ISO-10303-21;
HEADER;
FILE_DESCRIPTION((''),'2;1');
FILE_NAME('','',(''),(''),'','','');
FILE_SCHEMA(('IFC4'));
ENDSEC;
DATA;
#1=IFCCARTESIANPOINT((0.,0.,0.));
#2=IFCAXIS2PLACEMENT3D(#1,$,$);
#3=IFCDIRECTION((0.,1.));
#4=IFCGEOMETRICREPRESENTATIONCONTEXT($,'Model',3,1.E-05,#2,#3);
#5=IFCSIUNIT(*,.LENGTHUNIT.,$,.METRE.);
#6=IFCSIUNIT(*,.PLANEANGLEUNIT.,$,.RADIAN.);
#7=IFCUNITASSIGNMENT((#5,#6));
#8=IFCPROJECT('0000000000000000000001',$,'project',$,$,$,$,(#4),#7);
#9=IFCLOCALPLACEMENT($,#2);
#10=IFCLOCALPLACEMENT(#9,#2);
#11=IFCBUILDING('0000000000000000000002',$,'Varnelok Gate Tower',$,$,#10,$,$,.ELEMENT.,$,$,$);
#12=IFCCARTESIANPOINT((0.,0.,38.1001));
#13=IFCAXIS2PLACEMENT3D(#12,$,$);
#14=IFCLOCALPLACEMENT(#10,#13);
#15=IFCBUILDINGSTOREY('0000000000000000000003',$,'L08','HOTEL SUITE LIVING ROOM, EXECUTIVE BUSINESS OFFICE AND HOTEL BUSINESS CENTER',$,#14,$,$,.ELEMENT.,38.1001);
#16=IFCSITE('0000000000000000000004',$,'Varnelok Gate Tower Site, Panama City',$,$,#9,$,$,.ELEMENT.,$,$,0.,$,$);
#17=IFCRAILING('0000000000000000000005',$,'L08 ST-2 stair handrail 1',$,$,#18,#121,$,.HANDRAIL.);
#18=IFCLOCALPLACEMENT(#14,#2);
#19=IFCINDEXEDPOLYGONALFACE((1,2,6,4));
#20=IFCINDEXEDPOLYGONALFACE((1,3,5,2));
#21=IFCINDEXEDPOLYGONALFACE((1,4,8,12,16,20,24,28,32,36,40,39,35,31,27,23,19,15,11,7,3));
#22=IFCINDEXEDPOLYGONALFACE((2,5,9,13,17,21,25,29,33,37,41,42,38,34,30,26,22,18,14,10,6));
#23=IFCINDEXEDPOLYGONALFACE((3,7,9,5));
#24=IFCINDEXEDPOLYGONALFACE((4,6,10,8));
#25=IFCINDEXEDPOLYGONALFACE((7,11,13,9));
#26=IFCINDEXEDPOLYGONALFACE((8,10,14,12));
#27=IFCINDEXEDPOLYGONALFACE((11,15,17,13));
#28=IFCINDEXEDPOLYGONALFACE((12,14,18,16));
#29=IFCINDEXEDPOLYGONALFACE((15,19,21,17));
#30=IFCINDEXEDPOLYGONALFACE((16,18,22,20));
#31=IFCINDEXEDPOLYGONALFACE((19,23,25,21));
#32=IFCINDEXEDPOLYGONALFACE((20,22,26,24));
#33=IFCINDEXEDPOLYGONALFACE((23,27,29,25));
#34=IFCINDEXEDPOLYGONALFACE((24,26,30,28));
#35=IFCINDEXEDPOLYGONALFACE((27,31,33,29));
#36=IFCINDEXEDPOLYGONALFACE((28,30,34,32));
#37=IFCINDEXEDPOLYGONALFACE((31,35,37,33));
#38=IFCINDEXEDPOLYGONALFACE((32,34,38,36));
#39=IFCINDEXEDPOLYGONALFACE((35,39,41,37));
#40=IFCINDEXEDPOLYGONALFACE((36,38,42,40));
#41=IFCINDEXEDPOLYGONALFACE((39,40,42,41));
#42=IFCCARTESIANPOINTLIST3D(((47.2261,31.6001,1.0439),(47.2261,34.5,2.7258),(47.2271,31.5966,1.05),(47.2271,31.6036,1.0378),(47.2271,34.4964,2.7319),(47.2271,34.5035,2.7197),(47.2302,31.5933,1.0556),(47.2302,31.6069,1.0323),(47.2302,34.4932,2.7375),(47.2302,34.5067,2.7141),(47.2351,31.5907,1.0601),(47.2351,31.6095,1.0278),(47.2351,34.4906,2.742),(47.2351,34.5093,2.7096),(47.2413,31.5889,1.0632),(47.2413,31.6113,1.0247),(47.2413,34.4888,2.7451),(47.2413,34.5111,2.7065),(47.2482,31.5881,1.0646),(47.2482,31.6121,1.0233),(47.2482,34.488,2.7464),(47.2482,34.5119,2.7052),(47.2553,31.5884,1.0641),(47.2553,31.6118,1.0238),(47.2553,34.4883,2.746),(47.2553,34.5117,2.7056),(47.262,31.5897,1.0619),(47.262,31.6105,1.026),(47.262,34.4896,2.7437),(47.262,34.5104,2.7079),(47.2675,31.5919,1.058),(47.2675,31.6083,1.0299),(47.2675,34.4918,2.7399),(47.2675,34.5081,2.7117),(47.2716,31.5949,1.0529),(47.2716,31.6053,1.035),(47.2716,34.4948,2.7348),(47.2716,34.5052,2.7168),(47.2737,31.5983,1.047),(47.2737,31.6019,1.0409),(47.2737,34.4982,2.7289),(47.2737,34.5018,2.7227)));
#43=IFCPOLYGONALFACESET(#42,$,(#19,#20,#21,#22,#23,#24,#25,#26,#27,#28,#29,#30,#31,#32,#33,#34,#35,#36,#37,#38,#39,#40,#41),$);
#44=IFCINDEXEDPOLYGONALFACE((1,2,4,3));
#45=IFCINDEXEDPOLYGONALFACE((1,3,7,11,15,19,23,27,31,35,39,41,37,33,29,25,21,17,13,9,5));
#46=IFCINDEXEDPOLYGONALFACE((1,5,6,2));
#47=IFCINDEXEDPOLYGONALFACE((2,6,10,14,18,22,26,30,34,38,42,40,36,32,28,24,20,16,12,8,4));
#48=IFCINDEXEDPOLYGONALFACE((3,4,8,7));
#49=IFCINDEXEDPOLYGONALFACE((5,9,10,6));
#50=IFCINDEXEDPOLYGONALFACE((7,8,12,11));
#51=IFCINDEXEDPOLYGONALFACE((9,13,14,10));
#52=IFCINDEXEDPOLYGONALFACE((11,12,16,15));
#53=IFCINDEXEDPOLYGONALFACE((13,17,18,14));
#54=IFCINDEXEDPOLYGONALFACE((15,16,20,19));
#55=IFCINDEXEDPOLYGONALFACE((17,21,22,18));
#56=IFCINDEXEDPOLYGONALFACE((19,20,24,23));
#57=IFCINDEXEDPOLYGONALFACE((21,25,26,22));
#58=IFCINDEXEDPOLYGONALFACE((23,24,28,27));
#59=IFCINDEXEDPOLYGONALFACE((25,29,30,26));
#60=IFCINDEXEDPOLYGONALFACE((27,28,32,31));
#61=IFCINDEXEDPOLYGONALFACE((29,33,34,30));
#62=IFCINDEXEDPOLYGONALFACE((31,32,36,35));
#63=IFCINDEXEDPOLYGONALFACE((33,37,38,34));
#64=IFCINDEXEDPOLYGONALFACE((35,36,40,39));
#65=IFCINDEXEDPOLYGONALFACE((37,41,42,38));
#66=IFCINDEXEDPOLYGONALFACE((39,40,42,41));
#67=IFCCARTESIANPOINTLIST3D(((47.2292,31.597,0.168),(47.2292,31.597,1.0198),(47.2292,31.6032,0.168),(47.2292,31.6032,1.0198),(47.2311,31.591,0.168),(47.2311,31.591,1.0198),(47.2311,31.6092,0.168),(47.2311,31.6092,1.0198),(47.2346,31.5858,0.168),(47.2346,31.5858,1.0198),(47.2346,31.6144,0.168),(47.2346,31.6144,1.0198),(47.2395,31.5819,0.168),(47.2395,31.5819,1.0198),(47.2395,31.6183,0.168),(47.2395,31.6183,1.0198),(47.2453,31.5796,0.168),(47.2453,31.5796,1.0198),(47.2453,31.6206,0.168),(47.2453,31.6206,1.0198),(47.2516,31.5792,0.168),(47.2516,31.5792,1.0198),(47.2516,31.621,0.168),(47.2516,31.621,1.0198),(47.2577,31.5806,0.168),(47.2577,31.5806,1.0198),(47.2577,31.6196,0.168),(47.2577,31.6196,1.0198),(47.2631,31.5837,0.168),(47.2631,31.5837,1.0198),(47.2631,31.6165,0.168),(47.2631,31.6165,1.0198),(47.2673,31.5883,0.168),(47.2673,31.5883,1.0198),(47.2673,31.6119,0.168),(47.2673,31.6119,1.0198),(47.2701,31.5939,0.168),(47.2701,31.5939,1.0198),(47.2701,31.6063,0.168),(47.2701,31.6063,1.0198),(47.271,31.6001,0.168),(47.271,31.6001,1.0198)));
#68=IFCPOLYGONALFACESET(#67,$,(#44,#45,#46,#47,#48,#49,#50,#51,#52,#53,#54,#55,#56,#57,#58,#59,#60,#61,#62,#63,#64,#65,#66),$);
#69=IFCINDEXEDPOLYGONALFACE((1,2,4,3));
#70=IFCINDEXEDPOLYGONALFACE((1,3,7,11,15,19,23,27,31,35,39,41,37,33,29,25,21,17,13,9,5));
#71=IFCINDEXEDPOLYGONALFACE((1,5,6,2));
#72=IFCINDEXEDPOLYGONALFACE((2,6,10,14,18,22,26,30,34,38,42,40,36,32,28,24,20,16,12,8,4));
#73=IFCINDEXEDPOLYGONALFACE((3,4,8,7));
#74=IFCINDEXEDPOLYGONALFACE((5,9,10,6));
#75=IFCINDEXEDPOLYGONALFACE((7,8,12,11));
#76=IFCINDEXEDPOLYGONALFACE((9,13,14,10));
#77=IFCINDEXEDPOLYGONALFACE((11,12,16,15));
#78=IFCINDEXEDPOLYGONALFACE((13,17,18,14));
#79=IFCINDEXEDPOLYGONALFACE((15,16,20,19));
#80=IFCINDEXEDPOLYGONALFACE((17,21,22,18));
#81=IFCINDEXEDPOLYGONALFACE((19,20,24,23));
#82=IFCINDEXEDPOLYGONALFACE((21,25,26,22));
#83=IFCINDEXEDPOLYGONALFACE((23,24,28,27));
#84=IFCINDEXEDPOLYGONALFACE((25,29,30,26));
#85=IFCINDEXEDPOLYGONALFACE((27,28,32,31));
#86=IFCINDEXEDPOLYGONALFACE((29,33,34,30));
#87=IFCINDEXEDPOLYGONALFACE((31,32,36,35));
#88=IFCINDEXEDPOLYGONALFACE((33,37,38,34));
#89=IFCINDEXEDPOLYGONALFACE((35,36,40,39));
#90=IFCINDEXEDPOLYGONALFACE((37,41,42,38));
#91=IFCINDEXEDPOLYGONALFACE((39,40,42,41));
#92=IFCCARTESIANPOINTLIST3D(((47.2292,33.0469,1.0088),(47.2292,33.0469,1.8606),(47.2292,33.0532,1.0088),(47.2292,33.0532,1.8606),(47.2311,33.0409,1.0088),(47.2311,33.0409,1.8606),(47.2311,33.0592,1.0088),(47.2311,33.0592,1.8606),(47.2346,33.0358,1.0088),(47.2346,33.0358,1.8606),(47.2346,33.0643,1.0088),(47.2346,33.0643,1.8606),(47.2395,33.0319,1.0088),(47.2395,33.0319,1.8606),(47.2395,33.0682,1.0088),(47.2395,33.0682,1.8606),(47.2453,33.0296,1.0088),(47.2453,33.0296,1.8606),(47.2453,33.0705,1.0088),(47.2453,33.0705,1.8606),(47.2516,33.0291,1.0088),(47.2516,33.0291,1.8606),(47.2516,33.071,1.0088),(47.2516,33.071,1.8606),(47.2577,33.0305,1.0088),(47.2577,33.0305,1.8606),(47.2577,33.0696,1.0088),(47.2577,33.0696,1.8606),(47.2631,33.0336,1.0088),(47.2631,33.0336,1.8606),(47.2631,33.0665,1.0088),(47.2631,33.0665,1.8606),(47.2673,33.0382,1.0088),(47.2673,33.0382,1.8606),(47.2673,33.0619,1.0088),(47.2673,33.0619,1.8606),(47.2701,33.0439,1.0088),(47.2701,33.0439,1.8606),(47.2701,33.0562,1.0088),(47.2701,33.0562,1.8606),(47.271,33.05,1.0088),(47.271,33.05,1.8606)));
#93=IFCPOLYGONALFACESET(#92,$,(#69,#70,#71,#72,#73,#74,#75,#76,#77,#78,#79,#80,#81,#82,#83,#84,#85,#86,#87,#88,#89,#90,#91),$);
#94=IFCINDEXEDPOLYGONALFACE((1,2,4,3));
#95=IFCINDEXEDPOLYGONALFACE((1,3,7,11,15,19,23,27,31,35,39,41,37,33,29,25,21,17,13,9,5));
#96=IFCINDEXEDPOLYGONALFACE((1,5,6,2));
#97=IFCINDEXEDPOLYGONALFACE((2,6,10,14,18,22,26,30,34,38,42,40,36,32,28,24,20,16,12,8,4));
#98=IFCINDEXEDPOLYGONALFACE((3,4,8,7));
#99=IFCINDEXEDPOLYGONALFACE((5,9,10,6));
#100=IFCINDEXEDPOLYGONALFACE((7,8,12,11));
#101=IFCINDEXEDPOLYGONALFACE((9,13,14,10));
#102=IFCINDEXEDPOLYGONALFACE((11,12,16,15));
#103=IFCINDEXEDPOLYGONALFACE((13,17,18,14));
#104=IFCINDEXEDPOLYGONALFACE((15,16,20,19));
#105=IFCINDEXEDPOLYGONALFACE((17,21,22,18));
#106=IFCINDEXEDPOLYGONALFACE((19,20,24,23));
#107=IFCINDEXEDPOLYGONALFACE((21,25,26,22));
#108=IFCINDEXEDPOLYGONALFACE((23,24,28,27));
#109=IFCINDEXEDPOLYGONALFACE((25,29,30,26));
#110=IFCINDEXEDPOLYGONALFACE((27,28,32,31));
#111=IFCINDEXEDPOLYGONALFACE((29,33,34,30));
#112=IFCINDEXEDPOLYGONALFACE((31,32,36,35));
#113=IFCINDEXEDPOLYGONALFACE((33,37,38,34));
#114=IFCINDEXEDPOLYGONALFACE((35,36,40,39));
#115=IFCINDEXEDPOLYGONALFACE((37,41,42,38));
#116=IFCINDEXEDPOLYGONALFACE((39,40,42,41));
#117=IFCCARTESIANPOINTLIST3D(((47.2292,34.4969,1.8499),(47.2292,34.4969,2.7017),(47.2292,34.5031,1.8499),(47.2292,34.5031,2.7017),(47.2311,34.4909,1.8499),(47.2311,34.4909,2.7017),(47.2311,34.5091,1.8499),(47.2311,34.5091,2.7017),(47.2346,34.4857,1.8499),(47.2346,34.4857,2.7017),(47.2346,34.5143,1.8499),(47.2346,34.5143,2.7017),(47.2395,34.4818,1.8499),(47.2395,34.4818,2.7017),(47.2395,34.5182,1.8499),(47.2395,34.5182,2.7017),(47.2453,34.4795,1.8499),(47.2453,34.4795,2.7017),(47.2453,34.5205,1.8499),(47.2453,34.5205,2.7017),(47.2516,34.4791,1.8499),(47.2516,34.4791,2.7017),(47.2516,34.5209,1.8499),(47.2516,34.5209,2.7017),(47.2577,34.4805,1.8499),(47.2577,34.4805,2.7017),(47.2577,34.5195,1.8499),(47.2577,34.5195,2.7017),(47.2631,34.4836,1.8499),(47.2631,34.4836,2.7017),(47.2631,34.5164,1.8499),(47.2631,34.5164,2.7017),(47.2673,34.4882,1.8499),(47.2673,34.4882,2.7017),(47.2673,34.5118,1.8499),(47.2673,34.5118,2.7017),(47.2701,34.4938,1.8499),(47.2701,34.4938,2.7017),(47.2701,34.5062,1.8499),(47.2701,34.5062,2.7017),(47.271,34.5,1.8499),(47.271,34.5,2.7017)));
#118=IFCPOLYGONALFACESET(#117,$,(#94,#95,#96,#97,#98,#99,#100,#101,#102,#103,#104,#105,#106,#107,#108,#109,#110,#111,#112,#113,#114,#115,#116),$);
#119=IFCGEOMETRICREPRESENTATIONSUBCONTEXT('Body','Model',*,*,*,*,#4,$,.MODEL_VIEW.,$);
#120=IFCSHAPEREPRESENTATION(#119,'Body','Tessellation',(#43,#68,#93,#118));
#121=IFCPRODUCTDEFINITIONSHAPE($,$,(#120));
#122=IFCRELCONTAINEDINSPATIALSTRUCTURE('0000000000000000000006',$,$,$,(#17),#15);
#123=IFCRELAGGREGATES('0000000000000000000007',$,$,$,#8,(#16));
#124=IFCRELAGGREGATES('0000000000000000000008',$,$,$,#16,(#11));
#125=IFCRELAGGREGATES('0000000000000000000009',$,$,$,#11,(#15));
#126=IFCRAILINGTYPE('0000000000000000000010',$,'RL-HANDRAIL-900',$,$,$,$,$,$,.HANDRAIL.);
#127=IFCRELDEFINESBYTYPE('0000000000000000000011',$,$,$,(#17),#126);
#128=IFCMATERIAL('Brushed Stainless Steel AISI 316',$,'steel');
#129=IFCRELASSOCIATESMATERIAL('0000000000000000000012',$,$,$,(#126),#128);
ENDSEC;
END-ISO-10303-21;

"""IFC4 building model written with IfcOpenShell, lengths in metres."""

from ifc_helpers import new_model, si_unit, direction, frame, origin, origin_2d, place, context, subcontext, project, spatial, circle, extrude, material, type_object, element, save


model = new_model("IFC4")

# Units and contexts
model_context = context("Model", 3, precision=1e-05, world=origin(), true_north=direction((0.0, 1.0)))
body_context = subcontext(model_context, "Body", "Model", "MODEL_VIEW")
ifc_project = project(units=[si_unit("LENGTHUNIT", "METRE"), si_unit("PLANEANGLEUNIT", "RADIAN")], contexts=[model_context])

# Site, building, storey
site_placement = place(None, origin())
site = spatial("IfcSite", under=ifc_project, at=site_placement, Name="Varnelok Gate Tower Site, Panama City", CompositionType="ELEMENT", RefElevation=0.0)
building_placement = place(site_placement, origin())
building = spatial("IfcBuilding", under=site, at=building_placement, Name="Varnelok Gate Tower", CompositionType="ELEMENT")
storey_placement = place(building_placement, frame((0.0, 0.0, 38.1001)))
storey = spatial("IfcBuildingStorey", under=building, at=storey_placement, Name="L08", Description="HOTEL SUITE LIVING ROOM, EXECUTIVE BUSINESS OFFICE AND HOTEL BUSINESS CENTER", CompositionType="ELEMENT", Elevation=38.1001)

# Railing
ifc_material_1 = material(Name="Brushed Stainless Steel AISI 316", Category="steel")
railing_type_1 = type_object("IfcRailingType", Name="RL-HANDRAIL-900", PredefinedType="HANDRAIL", material=ifc_material_1)
railing_1_placement = place(storey_placement, frame((47.25, 31.6001, 0.168)))
element("IfcRailing", 1, at=railing_1_placement, inside=storey, type_object=railing_type_1, Name="L08 ST-2 stair handrail 1", PredefinedType="HANDRAIL", context=body_context, shape_type="SweptSolid", body=[
    extrude(circle(Radius=0.0239, at=origin_2d()), frame((0.0, 0.0, 0.876), z_axis=(0.0, 0.865039, 0.501705), x_axis=(-1.0, 0.0, 0.0)), (0.0, 0.0, 1.0), 3.3523),
    extrude(circle(Radius=0.021, at=origin_2d()), origin(), (0.0, 0.0, 1.0), 0.8518),
    extrude(circle(Radius=0.021, at=origin_2d()), frame((0.0, 1.45, 0.8408)), (0.0, 0.0, 1.0), 0.8518),
    extrude(circle(Radius=0.021, at=origin_2d()), frame((0.0, 2.8999, 1.6819)), (0.0, 0.0, 1.0), 0.8518),
])

save(model, "model.ifc")
